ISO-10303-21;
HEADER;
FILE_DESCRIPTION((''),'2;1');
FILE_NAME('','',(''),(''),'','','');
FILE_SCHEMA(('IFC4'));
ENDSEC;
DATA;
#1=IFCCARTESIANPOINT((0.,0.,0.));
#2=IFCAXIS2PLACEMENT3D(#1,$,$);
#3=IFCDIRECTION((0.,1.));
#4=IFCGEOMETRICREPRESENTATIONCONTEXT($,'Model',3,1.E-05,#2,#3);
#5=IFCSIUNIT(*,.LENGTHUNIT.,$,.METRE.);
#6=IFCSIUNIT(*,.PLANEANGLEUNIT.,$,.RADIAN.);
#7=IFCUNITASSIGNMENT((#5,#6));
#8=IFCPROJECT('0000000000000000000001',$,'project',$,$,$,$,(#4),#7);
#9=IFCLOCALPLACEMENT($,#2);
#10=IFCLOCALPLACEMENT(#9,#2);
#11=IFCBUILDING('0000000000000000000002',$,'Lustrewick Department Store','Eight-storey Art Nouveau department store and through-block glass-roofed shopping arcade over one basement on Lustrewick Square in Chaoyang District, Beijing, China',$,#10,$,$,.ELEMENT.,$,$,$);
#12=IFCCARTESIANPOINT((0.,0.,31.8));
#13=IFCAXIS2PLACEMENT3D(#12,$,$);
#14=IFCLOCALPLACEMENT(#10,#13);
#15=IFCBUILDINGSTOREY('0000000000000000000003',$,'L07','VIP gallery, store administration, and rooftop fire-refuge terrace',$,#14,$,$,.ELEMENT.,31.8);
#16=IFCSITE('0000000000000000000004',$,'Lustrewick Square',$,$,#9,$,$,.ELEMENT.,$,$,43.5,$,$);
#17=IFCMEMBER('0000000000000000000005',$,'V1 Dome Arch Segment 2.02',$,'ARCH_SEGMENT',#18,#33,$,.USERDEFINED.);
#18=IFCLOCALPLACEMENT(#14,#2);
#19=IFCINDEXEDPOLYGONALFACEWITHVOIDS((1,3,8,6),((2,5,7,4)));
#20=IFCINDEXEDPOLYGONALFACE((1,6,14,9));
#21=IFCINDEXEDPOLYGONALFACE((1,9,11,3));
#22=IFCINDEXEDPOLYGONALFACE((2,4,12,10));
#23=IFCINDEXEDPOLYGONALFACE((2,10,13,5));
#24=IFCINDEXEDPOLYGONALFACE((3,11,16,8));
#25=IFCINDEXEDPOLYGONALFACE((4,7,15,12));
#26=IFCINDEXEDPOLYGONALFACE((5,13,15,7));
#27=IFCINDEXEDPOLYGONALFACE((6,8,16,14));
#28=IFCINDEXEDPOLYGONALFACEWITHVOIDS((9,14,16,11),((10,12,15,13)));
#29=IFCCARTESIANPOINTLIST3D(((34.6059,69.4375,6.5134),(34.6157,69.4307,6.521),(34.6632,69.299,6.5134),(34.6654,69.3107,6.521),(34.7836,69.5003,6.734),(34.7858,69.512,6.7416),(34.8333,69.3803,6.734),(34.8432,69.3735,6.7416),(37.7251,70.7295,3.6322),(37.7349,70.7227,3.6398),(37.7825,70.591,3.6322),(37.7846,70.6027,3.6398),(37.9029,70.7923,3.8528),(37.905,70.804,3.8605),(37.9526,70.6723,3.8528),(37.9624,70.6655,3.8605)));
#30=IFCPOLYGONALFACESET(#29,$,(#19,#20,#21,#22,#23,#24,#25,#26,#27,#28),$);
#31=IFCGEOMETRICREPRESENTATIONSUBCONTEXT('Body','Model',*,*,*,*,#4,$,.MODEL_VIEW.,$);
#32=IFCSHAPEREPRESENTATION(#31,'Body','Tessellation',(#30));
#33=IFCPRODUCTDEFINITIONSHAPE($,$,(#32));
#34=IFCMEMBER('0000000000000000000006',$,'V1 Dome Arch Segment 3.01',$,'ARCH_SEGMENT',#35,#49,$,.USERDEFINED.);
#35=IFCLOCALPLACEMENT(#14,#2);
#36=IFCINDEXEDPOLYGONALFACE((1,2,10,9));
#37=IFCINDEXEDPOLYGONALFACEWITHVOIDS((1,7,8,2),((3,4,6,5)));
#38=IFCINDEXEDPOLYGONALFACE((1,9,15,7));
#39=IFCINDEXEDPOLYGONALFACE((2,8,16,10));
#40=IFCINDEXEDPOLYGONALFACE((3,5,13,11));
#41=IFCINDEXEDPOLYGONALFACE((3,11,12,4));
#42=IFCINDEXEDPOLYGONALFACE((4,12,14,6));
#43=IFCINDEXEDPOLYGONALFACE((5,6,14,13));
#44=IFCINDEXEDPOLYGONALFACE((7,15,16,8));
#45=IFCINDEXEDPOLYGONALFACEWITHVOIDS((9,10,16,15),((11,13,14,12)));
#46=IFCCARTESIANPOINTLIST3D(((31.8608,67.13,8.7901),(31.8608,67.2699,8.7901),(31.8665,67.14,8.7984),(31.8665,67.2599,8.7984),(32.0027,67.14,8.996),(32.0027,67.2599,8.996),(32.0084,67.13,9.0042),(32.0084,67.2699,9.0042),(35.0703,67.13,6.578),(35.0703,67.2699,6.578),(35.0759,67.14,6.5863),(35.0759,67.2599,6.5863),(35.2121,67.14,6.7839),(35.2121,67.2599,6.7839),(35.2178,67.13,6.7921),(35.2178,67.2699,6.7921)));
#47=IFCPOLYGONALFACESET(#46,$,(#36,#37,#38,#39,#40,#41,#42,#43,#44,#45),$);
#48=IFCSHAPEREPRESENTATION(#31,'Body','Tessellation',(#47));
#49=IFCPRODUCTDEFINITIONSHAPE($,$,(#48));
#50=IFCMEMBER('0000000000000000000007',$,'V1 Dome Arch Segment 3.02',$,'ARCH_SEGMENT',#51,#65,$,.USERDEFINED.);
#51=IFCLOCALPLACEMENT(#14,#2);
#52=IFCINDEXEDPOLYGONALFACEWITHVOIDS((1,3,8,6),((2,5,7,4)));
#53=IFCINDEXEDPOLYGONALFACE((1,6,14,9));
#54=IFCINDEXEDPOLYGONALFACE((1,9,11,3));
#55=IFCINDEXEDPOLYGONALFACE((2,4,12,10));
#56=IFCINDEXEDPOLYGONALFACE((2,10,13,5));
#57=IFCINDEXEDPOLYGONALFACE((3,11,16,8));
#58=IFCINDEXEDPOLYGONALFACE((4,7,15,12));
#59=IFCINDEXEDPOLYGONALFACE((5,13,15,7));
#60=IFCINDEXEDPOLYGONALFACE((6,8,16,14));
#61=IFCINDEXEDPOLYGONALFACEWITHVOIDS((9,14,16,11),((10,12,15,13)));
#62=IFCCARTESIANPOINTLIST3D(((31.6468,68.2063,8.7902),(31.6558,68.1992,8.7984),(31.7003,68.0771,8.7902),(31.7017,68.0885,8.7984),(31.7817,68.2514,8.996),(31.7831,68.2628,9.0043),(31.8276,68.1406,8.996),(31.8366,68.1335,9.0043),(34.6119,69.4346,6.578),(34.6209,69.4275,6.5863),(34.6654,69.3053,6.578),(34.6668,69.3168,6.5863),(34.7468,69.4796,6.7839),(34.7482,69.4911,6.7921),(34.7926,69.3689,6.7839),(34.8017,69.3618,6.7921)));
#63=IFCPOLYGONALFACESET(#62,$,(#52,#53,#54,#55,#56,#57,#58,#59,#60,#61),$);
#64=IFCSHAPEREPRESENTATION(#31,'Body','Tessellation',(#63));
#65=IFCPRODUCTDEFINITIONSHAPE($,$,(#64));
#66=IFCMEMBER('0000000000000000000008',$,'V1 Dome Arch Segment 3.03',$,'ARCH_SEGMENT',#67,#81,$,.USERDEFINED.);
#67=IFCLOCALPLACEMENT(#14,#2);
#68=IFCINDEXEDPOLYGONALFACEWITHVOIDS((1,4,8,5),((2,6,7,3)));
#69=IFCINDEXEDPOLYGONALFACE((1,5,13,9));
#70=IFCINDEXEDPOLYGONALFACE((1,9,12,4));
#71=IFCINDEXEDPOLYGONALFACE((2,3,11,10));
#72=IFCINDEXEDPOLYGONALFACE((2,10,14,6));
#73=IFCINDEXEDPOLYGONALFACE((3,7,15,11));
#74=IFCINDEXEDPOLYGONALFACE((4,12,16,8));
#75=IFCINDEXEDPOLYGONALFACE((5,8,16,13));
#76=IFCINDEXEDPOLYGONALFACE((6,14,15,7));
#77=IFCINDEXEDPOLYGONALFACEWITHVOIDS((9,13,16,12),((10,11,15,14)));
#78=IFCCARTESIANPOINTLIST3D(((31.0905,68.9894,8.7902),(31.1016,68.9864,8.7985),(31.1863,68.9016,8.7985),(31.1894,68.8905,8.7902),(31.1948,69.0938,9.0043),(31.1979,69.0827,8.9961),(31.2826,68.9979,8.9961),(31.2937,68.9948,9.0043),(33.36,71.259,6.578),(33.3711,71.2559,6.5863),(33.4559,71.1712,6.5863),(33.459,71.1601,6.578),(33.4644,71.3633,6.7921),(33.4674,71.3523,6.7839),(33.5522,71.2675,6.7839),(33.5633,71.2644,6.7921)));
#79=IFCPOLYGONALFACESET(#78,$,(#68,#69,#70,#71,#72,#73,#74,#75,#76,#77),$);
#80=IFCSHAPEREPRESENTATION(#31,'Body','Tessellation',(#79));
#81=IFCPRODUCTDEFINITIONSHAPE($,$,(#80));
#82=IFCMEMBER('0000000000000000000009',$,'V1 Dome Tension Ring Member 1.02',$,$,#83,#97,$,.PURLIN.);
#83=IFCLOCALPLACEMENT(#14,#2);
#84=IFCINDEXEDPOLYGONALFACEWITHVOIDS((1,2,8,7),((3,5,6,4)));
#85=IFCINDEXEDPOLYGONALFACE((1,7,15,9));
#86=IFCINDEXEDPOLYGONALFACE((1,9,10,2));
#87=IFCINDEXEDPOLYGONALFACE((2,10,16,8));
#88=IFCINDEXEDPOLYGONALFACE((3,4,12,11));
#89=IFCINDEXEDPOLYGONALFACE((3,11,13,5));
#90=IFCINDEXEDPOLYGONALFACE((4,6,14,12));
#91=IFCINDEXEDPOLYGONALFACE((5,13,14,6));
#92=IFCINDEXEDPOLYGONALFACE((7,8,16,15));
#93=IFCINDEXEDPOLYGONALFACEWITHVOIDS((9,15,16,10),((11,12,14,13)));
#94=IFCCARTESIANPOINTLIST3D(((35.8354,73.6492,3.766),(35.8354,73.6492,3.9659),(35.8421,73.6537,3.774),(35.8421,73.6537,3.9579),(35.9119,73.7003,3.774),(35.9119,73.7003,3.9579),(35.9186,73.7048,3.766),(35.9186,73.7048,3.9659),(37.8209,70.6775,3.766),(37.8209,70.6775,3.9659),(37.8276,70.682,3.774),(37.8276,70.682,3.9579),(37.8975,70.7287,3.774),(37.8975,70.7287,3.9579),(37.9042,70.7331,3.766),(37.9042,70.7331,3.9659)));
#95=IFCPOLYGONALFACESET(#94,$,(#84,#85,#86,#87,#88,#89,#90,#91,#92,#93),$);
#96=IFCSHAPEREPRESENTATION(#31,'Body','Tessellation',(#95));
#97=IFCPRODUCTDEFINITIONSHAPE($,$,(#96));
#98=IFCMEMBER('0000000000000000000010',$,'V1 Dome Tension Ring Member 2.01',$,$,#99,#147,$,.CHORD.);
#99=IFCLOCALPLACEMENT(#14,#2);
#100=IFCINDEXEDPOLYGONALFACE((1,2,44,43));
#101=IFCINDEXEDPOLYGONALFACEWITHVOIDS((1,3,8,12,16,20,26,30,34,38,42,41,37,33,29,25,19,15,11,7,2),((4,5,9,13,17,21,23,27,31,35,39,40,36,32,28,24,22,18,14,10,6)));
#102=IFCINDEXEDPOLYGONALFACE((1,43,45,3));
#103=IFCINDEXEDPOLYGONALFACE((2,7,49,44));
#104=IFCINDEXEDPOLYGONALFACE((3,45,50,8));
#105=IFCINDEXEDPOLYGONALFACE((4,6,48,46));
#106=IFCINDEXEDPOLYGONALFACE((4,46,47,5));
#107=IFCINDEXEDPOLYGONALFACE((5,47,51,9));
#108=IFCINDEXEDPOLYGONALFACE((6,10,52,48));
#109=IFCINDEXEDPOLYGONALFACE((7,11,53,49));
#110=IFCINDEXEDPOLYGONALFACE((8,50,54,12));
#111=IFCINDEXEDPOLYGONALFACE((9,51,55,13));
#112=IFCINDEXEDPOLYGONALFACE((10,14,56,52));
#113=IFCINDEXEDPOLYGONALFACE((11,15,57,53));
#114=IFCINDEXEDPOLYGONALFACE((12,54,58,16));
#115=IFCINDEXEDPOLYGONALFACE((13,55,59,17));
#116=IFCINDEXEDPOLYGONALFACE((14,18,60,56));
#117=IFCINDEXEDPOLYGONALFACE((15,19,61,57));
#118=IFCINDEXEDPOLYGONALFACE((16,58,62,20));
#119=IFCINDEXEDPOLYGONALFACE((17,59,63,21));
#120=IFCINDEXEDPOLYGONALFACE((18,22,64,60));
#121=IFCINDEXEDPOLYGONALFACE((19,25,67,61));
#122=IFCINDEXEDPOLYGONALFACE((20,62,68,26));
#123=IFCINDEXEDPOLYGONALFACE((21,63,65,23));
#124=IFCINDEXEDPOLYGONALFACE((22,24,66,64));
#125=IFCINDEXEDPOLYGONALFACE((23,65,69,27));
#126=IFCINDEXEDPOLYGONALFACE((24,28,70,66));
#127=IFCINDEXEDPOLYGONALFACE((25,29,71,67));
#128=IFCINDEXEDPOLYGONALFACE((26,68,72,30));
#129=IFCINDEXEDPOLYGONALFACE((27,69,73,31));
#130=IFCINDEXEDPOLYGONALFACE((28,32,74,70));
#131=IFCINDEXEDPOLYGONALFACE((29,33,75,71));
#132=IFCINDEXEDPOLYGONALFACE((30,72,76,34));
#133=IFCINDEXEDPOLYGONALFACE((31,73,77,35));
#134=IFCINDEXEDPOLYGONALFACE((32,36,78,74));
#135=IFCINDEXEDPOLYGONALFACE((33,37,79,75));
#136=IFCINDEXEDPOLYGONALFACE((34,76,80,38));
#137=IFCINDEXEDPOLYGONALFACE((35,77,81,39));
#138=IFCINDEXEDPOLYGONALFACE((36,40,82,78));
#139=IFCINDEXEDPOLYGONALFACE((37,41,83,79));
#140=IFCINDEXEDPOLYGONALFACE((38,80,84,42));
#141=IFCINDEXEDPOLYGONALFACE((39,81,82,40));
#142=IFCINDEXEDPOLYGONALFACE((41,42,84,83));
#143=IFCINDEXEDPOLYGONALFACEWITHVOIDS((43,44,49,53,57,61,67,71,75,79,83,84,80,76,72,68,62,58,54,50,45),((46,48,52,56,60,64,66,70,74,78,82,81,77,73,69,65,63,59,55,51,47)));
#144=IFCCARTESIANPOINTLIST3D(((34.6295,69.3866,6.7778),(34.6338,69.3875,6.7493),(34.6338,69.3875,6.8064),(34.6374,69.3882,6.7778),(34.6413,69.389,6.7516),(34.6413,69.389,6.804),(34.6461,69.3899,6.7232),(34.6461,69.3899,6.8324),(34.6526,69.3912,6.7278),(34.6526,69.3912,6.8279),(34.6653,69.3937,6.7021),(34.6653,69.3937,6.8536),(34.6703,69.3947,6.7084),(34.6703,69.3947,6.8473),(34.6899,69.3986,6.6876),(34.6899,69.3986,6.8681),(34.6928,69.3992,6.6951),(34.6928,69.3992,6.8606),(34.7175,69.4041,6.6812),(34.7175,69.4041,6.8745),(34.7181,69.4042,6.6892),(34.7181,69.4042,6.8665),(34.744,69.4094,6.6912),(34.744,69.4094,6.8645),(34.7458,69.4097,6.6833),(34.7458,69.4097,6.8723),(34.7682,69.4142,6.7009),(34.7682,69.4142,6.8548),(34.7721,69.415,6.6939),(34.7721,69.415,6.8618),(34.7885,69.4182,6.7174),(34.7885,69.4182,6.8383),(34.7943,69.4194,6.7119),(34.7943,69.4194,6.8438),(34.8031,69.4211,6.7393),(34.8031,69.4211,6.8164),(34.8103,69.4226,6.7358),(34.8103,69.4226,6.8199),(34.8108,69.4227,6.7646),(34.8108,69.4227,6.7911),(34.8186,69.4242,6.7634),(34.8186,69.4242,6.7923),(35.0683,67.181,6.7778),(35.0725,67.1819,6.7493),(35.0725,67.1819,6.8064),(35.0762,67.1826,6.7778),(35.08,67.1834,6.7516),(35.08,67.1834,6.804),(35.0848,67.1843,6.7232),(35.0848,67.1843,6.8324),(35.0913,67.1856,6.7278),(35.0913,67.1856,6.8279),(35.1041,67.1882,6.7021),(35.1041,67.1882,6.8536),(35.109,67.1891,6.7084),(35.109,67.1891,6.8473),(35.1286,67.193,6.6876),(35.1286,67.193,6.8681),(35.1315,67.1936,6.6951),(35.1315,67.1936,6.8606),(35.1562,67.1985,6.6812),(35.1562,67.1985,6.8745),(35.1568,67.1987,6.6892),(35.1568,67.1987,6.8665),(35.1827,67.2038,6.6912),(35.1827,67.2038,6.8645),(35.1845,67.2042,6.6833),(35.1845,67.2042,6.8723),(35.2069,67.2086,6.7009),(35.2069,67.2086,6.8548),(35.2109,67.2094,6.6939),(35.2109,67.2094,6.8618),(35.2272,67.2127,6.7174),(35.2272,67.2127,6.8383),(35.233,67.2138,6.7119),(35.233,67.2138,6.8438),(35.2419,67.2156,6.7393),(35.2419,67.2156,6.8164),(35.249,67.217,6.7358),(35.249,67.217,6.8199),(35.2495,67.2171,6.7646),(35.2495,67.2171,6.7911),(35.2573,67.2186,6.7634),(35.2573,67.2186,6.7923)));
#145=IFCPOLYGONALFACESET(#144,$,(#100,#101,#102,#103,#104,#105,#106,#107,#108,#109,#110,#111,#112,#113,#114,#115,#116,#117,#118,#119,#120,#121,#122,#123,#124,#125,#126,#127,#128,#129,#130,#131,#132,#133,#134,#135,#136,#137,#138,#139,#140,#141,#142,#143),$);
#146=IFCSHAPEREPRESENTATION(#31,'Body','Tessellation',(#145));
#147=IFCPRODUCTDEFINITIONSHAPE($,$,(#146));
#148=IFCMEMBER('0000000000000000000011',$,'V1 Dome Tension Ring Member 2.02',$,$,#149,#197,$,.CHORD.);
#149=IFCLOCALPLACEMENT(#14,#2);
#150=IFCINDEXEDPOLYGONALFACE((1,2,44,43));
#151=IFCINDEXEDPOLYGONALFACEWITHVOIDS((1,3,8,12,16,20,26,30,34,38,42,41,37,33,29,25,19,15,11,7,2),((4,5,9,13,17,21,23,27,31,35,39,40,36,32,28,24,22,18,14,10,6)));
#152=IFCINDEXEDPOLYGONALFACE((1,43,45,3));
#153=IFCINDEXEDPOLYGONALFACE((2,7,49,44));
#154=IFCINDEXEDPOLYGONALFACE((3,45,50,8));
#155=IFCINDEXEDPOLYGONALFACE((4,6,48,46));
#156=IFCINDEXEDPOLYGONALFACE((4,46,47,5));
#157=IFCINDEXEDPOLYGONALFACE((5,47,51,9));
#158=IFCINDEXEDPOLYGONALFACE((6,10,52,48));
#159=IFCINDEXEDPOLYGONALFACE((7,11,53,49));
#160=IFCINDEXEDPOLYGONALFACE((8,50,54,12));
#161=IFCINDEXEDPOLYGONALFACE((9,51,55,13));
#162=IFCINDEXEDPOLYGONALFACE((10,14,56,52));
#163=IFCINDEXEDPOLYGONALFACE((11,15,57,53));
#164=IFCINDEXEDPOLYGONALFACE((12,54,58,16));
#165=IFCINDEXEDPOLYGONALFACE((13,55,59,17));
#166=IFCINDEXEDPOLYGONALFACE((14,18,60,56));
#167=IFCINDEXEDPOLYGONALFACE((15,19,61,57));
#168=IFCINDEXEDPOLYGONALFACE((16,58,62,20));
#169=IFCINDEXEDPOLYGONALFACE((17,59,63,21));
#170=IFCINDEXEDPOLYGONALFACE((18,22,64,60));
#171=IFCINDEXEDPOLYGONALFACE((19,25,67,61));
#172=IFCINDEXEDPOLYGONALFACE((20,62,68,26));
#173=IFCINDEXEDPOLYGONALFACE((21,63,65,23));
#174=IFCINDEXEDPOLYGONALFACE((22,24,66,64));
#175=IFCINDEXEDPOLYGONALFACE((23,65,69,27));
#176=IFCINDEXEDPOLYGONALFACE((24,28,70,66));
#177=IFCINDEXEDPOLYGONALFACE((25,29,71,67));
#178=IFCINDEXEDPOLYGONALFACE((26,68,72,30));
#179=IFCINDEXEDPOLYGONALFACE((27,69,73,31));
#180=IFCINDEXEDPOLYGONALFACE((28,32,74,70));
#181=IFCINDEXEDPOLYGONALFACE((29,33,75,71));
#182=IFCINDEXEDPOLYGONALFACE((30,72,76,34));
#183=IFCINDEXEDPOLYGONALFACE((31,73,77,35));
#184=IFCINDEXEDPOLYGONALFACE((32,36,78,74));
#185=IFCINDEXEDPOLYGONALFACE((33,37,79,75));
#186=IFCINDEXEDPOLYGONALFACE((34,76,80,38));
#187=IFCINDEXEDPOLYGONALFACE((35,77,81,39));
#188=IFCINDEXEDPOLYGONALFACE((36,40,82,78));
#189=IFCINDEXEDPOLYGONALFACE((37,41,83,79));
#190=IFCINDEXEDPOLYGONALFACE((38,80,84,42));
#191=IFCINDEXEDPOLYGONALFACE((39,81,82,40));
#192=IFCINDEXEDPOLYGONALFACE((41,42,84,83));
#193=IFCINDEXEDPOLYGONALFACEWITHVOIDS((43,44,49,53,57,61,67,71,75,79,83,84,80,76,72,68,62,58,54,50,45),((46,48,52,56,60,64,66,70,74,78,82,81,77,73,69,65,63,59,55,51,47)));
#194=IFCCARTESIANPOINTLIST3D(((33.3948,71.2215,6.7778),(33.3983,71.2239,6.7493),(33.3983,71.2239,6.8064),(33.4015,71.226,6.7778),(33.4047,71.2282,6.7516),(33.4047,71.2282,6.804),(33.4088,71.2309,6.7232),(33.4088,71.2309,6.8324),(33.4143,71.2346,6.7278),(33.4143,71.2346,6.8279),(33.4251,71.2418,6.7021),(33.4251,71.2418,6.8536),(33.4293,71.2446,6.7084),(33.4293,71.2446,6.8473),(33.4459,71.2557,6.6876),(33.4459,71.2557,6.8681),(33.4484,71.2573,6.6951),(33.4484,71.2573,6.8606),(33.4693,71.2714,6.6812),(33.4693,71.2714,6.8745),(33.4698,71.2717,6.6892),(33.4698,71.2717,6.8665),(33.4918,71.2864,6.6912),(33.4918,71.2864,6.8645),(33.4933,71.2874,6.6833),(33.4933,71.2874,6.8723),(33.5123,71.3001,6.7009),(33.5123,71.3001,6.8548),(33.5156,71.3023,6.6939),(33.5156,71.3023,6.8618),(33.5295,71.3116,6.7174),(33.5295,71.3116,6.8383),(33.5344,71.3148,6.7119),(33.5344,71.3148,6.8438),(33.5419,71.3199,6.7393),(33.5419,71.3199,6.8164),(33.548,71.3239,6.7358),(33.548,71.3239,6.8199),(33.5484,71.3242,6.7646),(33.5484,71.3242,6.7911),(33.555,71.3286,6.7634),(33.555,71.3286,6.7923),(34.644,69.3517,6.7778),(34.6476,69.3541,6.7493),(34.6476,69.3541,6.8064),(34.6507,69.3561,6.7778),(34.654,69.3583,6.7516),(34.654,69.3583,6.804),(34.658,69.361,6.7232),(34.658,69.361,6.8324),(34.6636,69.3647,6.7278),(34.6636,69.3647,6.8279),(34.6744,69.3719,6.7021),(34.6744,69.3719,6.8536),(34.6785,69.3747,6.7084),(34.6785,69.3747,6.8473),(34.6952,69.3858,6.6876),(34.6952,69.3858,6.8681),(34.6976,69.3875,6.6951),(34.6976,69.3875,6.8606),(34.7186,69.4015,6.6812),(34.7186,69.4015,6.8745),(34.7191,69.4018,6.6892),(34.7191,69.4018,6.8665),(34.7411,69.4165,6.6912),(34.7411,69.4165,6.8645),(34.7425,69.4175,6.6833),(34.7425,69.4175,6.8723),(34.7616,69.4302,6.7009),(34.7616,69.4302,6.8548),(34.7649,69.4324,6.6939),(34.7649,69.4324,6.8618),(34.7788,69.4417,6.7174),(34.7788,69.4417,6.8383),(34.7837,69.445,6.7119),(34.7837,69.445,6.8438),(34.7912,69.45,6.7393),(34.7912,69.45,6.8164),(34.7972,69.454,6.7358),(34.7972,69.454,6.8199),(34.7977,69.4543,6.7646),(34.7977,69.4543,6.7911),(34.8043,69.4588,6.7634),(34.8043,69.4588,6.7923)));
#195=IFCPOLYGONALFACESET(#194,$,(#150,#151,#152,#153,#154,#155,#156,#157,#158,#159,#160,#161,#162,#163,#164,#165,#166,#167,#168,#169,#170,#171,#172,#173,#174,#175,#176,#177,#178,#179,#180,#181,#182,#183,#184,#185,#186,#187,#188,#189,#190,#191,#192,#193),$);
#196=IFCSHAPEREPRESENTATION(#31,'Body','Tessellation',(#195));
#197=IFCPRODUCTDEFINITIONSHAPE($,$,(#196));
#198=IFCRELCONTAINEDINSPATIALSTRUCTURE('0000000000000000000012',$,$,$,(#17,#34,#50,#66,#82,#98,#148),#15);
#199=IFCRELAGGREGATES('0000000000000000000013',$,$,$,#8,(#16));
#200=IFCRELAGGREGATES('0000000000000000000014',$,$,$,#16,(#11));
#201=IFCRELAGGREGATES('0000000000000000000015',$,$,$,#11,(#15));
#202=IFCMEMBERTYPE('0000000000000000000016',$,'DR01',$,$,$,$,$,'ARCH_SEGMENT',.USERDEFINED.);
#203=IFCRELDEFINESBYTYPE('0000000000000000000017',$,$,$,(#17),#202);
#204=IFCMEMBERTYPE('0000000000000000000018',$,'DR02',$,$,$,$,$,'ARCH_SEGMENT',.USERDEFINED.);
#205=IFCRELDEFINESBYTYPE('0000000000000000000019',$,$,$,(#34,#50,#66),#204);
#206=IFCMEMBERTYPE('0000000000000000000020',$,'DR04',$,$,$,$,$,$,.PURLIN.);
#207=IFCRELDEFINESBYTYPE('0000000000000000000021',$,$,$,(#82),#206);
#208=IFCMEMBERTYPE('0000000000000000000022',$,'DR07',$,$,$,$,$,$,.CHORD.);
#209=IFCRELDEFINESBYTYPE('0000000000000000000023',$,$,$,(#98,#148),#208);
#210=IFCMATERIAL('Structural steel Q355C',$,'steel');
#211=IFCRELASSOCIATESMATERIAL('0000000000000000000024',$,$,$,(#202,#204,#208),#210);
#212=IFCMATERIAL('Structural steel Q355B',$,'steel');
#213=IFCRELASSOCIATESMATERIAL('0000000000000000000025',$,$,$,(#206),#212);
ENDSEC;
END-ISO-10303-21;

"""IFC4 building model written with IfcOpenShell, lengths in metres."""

from ifc_helpers import new_model, si_unit, direction, frame, origin, origin_2d, place, context, subcontext, project, spatial, hollow_rectangle, hollow_circle, extrude, material, material_profile, profile_set, type_object, element, save


model = new_model("IFC4")

# Units and contexts
model_context = context("Model", 3, precision=1e-05, world=origin(), true_north=direction((0.0, 1.0)))
body_context = subcontext(model_context, "Body", "Model", "MODEL_VIEW")
ifc_project = project(units=[si_unit("LENGTHUNIT", "METRE"), si_unit("PLANEANGLEUNIT", "RADIAN")], contexts=[model_context])

# Site, building, storey
site_placement = place(None, origin())
site = spatial("IfcSite", under=ifc_project, at=site_placement, Name="Lustrewick Square", CompositionType="ELEMENT", RefElevation=43.5)
building_placement = place(site_placement, origin())
building = spatial("IfcBuilding", under=site, at=building_placement, Name="Lustrewick Department Store", Description="Eight-storey Art Nouveau department store and through-block glass-roofed shopping arcade over one basement on Lustrewick Square in Chaoyang District, Beijing, China", CompositionType="ELEMENT")
storey_placement = place(building_placement, frame((0.0, 0.0, 31.8)))
storey = spatial("IfcBuildingStorey", under=building, at=storey_placement, Name="L07", Description="VIP gallery, store administration, and rooftop fire-refuge terrace", CompositionType="ELEMENT", Elevation=31.8)

# Members
ifc_material_1 = material(Name="Structural steel Q355C", Category="steel")
ifc_material_profile_1 = material_profile(ifc_material_1, hollow_rectangle(XDim=0.1499, YDim=0.3, WallThickness=0.01, at=origin_2d()), Name="RHS 300x150x10")
ifc_profile_set_1 = profile_set([ifc_material_profile_1], Name="Structural steel Q355C")
member_type_1 = type_object("IfcMemberType", Name="DR01", ElementType="ARCH_SEGMENT", PredefinedType="USERDEFINED", material=ifc_profile_set_1)
member_1_placement = place(storey_placement, frame((37.8438, 70.6975, 3.7463), z_axis=(-0.702769, -0.291097, 0.649137), x_axis=(0.382684, -0.923879, 0.0)))
element("IfcMember", 1, at=member_1_placement, inside=storey, type_object=member_type_1, Name="V1 Dome Arch Segment 2.02", ObjectType="ARCH_SEGMENT", PredefinedType="USERDEFINED", context=body_context, shape_type="SweptSolid", body=[
    extrude(hollow_rectangle(XDim=0.1499, YDim=0.3, WallThickness=0.01, at=origin_2d()), origin(), (0.0, 0.0, 1.0), 4.4385),
])
ifc_material_profile_2 = material_profile(ifc_material_1, hollow_rectangle(XDim=0.1399, YDim=0.26, WallThickness=0.01, at=origin_2d()), Name="RHS 260x140x10")
ifc_profile_set_2 = profile_set([ifc_material_profile_2], Name="Structural steel Q355C")
member_type_2 = type_object("IfcMemberType", Name="DR02", ElementType="ARCH_SEGMENT", PredefinedType="USERDEFINED", material=ifc_profile_set_2)
for number, where, z_axis, x_axis, name in (
    (2, (35.144, 67.2, 6.6851), (-0.823365, 0.0, 0.567512), (0.0, -1.0, 0.0), "V1 Dome Arch Segment 3.01"),
    (3, (34.7068, 69.3982, 6.6851), (-0.760678, -0.315107, 0.567518), (0.382708, -0.923869, 0.0), "V1 Dome Arch Segment 3.02"),
):
    element("IfcMember", number, at=place(storey_placement, frame(where, z_axis=z_axis, x_axis=x_axis)), inside=storey, type_object=member_type_2, Name=name, ObjectType="ARCH_SEGMENT", PredefinedType="USERDEFINED", context=body_context, shape_type="SweptSolid", body=[
        extrude(hollow_rectangle(XDim=0.1399, YDim=0.26, WallThickness=0.01, at=origin_2d()), origin(), (0.0, 0.0, 1.0), 3.8979),
    ])
member_2_placement = place(storey_placement, frame((33.4617, 71.2617, 6.6851), z_axis=(-0.582215, -0.582215, 0.567496), x_axis=(0.707107, -0.707107, 0.0)))
element("IfcMember", 4, at=member_2_placement, inside=storey, type_object=member_type_2, Name="V1 Dome Arch Segment 3.03", ObjectType="ARCH_SEGMENT", PredefinedType="USERDEFINED", context=body_context, shape_type="SweptSolid", body=[
    extrude(hollow_rectangle(XDim=0.1399, YDim=0.26, WallThickness=0.01, at=origin_2d()), origin(), (0.0, 0.0, 1.0), 3.8982),
])
ifc_material_2 = material(Name="Structural steel Q355B", Category="steel")
ifc_material_profile_3 = material_profile(ifc_material_2, hollow_rectangle(XDim=0.1001, YDim=0.2, WallThickness=0.0081, at=origin_2d()), Name="RHS 200x100x8")
ifc_profile_set_3 = profile_set([ifc_material_profile_3], Name="Structural steel Q355B")
member_type_3 = type_object("IfcMemberType", Name="DR04", PredefinedType="PURLIN", material=ifc_profile_set_3)
member_3_placement = place(storey_placement, frame((37.8625, 70.7053, 3.866), z_axis=(-0.555567, 0.831472, 0.0), x_axis=(-0.831472, -0.555567, 0.0)))
element("IfcMember", 5, at=member_3_placement, inside=storey, type_object=member_type_3, Name="V1 Dome Tension Ring Member 1.02", PredefinedType="PURLIN", context=body_context, shape_type="SweptSolid", body=[
    extrude(hollow_rectangle(XDim=0.1001, YDim=0.2, WallThickness=0.0081, at=origin_2d()), origin(), (0.0, 0.0, 1.0), 3.574),
])
ifc_material_profile_4 = material_profile(ifc_material_1, hollow_circle(Radius=0.0969, WallThickness=0.0081, at=origin_2d()), Name="CHS 194x8")
ifc_profile_set_4 = profile_set([ifc_material_profile_4], Name="Structural steel Q355C")
member_type_4 = type_object("IfcMemberType", Name="DR07", PredefinedType="CHORD", material=ifc_profile_set_4)
for number, where, z_axis, x_axis, name in (
    (6, (35.1633, 67.2, 6.7778), (-0.195093, 0.980785, 0.0), (-0.980785, -0.195093, 0.0), "V1 Dome Tension Ring Member 2.01"),
    (7, (34.7246, 69.4055, 6.7778), (-0.555527, 0.831499, 0.0), (-0.831499, -0.555527, 0.0), "V1 Dome Tension Ring Member 2.02"),
):
    element("IfcMember", number, at=place(storey_placement, frame(where, z_axis=z_axis, x_axis=x_axis)), inside=storey, type_object=member_type_4, Name=name, PredefinedType="CHORD", context=body_context, shape_type="SweptSolid", body=[
        extrude(hollow_circle(Radius=0.0969, WallThickness=0.0081, at=origin_2d()), origin(), (0.0, 0.0, 1.0), 2.2488),
    ])

save(model, "model.ifc")
